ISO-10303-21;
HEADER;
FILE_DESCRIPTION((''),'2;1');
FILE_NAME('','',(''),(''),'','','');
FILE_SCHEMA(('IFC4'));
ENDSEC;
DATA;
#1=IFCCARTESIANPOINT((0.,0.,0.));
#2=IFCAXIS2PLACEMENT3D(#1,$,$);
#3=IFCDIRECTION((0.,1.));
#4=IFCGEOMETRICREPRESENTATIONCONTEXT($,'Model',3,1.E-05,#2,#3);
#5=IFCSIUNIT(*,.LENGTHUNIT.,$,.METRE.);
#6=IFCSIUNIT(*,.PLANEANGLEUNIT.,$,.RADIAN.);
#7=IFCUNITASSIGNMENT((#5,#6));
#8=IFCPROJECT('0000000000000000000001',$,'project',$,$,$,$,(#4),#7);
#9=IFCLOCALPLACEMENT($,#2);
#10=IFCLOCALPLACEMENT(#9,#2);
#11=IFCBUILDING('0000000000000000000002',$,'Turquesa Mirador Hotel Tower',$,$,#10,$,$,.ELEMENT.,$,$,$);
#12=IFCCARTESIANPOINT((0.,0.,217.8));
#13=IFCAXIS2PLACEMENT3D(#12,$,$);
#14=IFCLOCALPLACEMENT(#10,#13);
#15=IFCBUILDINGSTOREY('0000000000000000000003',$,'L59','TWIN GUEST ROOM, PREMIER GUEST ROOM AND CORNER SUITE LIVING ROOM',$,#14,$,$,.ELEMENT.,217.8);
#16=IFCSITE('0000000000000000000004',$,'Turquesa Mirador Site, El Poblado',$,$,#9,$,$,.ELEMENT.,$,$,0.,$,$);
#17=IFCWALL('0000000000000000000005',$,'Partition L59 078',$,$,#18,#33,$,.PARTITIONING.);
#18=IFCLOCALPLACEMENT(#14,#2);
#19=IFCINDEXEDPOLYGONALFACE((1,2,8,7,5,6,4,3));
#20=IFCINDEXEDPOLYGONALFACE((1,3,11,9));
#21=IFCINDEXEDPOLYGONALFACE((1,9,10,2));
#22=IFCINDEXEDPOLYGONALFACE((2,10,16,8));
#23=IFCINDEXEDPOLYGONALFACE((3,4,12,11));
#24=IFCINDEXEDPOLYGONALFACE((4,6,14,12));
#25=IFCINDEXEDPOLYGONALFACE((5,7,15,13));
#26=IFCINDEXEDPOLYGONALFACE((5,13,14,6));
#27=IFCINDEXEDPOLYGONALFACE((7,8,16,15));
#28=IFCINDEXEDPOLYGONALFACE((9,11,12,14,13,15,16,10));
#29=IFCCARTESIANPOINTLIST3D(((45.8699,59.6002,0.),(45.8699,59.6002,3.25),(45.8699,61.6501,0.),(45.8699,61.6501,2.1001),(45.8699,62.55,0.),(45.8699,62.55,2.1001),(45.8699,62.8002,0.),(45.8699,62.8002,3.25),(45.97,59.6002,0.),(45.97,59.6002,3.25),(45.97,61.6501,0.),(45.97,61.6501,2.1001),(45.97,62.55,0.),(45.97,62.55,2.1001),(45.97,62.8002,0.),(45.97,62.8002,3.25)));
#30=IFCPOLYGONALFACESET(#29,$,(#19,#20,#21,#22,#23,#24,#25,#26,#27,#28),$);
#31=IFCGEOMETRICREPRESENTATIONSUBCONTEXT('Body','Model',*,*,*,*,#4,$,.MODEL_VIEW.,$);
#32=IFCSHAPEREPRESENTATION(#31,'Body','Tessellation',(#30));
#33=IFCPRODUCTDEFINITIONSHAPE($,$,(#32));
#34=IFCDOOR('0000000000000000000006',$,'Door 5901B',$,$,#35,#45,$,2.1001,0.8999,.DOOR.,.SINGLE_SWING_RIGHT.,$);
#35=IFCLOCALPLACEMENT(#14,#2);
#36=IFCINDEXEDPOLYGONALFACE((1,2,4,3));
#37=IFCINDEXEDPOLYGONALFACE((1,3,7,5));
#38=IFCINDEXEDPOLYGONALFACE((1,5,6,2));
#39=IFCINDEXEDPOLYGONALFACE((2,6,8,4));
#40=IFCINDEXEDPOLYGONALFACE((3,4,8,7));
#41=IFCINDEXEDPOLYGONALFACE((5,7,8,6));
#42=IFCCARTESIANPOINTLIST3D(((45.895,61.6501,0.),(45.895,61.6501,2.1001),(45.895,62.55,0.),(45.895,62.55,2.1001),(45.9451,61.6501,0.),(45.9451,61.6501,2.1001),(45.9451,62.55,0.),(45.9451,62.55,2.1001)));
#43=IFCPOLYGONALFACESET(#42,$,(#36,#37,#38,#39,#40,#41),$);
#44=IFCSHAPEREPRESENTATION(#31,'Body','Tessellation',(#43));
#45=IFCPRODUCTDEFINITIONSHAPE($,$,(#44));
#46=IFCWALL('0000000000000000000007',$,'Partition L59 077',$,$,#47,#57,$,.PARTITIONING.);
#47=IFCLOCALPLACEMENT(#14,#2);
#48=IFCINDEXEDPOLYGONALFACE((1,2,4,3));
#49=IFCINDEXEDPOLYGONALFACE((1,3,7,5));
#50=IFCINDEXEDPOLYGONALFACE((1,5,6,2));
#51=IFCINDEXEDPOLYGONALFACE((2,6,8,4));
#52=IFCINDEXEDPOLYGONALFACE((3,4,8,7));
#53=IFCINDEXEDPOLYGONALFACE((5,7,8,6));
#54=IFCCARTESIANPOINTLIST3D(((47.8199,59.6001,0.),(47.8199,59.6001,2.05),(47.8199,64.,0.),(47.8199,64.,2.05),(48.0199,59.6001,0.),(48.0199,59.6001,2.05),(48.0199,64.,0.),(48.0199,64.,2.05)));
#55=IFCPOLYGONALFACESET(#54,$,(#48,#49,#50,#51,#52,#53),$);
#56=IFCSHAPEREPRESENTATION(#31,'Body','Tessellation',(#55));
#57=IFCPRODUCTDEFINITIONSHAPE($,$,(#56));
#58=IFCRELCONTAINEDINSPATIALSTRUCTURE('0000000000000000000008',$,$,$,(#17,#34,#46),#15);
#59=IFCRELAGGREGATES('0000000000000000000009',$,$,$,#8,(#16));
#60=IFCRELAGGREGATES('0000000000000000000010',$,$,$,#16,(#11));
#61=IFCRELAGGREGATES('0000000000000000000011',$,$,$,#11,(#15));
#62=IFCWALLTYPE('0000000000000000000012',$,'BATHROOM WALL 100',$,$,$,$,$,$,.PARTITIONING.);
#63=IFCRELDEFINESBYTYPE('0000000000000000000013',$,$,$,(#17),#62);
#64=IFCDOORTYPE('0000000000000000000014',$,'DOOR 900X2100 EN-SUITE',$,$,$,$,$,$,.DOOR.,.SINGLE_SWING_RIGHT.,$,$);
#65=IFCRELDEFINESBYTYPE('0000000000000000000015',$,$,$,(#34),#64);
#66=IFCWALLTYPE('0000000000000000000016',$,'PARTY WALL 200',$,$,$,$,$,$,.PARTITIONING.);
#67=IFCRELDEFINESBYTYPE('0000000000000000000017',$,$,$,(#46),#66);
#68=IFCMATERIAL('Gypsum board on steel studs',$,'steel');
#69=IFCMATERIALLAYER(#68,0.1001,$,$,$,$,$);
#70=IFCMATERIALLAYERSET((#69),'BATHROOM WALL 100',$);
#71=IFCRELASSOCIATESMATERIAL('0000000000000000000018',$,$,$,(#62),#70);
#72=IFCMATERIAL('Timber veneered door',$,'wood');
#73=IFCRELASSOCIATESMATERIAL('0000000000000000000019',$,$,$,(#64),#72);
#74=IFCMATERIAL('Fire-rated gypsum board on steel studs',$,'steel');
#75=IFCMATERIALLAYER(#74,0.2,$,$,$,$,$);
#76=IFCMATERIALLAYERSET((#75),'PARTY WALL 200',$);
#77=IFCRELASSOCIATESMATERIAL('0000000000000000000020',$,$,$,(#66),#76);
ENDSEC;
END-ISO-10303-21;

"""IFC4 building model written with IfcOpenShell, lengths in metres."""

from ifc_helpers import new_model, si_unit, direction, frame, frame_2d, origin, place, context, subcontext, project, spatial, rectangle, extrude, material, layer, layer_set, type_object, element, fill, save


model = new_model("IFC4")

# Units and contexts
model_context = context("Model", 3, precision=1e-05, world=origin(), true_north=direction((0.0, 1.0)))
body_context = subcontext(model_context, "Body", "Model", "MODEL_VIEW")
ifc_project = project(units=[si_unit("LENGTHUNIT", "METRE"), si_unit("PLANEANGLEUNIT", "RADIAN")], contexts=[model_context])

# Site, building, storey
site_placement = place(None, origin())
site = spatial("IfcSite", under=ifc_project, at=site_placement, Name="Turquesa Mirador Site, El Poblado", CompositionType="ELEMENT", RefElevation=0.0)
building_placement = place(site_placement, origin())
building = spatial("IfcBuilding", under=site, at=building_placement, Name="Turquesa Mirador Hotel Tower", CompositionType="ELEMENT")
storey_placement = place(building_placement, frame((0.0, 0.0, 217.8)))
storey = spatial("IfcBuildingStorey", under=building, at=storey_placement, Name="L59", Description="TWIN GUEST ROOM, PREMIER GUEST ROOM AND CORNER SUITE LIVING ROOM", CompositionType="ELEMENT", Elevation=217.8)

# Shared definitions
ifc_material_1 = material(Name="Gypsum board on steel studs", Category="steel")
ifc_layer_1 = layer(ifc_material_1, 0.1001)
ifc_layer_set_1 = layer_set([ifc_layer_1], Name="BATHROOM WALL 100")
wall_type_1 = type_object("IfcWallType", Name="BATHROOM WALL 100", PredefinedType="PARTITIONING", material=ifc_layer_set_1)

# Wall, opening, door
ifc_material_2 = material(Name="Timber veneered door", Category="wood")
door_type_1 = type_object("IfcDoorType", Name="DOOR 900X2100 EN-SUITE", OperationType="SINGLE_SWING_RIGHT", PredefinedType="DOOR", material=ifc_material_2)
wall_1_placement = place(storey_placement, frame((45.9199, 59.6001, 0.0), z_axis=(0.0, 0.0, 1.0), x_axis=(0.0, 1.0, 0.0)))
wall_1 = element("IfcWall", 1, at=wall_1_placement, inside=storey, type_object=wall_type_1, Name="Partition L59 078", PredefinedType="PARTITIONING", context=body_context, shape_type="SweptSolid", body=[
    extrude(rectangle(XDim=3.2, YDim=0.1001, at=frame_2d((1.6001, 0.0))), origin(), (0.0, 0.0, 1.0), 3.25),
])
opening_1_placement = place(wall_1_placement, frame((2.05, 0.0, 0.0)))
opening_1 = element("IfcOpeningElement", 2, at=opening_1_placement, cuts=wall_1, PredefinedType="OPENING", context=body_context, shape_type="SweptSolid", body=[
    extrude(rectangle(XDim=0.8999, YDim=2.1001, at=frame_2d((0.45, 1.05))), frame((0.0, 0.0601, 0.0), z_axis=(0.0, -1.0, 0.0), x_axis=(1.0, 0.0, 0.0)), (0.0, 0.0, 1.0), 0.1201),
])
door_1_placement = place(opening_1_placement, origin())
door_1 = element("IfcDoor", 3, at=door_1_placement, inside=storey, type_object=door_type_1, Name="Door 5901B", OperationType="SINGLE_SWING_RIGHT", OverallHeight=2.1001, OverallWidth=0.8999, PredefinedType="DOOR", context=body_context, shape_type="SweptSolid", body=[
    extrude(rectangle(XDim=0.8999, YDim=2.1001, at=frame_2d((0.45, 1.05))), frame((0.0, 0.0249, 0.0), z_axis=(0.0, -1.0, 0.0), x_axis=(1.0, 0.0, 0.0)), (0.0, 0.0, 1.0), 0.05),
])
fill(opening_1, door_1)

# Wall
ifc_material_3 = material(Name="Fire-rated gypsum board on steel studs", Category="steel")
ifc_layer_2 = layer(ifc_material_3, 0.2)
ifc_layer_set_2 = layer_set([ifc_layer_2], Name="PARTY WALL 200")
wall_type_2 = type_object("IfcWallType", Name="PARTY WALL 200", PredefinedType="PARTITIONING", material=ifc_layer_set_2)
wall_2_placement = place(storey_placement, frame((47.9199, 59.6001, 0.0), z_axis=(0.0, 0.0, 1.0), x_axis=(0.0, 1.0, 0.0)))
element("IfcWall", 4, at=wall_2_placement, inside=storey, type_object=wall_type_2, Name="Partition L59 077", PredefinedType="PARTITIONING", context=body_context, shape_type="SweptSolid", body=[
    extrude(rectangle(XDim=4.3999, YDim=0.2, at=frame_2d((2.2, 0.0))), origin(), (0.0, 0.0, 1.0), 2.05),
])

save(model, "model.ifc")
